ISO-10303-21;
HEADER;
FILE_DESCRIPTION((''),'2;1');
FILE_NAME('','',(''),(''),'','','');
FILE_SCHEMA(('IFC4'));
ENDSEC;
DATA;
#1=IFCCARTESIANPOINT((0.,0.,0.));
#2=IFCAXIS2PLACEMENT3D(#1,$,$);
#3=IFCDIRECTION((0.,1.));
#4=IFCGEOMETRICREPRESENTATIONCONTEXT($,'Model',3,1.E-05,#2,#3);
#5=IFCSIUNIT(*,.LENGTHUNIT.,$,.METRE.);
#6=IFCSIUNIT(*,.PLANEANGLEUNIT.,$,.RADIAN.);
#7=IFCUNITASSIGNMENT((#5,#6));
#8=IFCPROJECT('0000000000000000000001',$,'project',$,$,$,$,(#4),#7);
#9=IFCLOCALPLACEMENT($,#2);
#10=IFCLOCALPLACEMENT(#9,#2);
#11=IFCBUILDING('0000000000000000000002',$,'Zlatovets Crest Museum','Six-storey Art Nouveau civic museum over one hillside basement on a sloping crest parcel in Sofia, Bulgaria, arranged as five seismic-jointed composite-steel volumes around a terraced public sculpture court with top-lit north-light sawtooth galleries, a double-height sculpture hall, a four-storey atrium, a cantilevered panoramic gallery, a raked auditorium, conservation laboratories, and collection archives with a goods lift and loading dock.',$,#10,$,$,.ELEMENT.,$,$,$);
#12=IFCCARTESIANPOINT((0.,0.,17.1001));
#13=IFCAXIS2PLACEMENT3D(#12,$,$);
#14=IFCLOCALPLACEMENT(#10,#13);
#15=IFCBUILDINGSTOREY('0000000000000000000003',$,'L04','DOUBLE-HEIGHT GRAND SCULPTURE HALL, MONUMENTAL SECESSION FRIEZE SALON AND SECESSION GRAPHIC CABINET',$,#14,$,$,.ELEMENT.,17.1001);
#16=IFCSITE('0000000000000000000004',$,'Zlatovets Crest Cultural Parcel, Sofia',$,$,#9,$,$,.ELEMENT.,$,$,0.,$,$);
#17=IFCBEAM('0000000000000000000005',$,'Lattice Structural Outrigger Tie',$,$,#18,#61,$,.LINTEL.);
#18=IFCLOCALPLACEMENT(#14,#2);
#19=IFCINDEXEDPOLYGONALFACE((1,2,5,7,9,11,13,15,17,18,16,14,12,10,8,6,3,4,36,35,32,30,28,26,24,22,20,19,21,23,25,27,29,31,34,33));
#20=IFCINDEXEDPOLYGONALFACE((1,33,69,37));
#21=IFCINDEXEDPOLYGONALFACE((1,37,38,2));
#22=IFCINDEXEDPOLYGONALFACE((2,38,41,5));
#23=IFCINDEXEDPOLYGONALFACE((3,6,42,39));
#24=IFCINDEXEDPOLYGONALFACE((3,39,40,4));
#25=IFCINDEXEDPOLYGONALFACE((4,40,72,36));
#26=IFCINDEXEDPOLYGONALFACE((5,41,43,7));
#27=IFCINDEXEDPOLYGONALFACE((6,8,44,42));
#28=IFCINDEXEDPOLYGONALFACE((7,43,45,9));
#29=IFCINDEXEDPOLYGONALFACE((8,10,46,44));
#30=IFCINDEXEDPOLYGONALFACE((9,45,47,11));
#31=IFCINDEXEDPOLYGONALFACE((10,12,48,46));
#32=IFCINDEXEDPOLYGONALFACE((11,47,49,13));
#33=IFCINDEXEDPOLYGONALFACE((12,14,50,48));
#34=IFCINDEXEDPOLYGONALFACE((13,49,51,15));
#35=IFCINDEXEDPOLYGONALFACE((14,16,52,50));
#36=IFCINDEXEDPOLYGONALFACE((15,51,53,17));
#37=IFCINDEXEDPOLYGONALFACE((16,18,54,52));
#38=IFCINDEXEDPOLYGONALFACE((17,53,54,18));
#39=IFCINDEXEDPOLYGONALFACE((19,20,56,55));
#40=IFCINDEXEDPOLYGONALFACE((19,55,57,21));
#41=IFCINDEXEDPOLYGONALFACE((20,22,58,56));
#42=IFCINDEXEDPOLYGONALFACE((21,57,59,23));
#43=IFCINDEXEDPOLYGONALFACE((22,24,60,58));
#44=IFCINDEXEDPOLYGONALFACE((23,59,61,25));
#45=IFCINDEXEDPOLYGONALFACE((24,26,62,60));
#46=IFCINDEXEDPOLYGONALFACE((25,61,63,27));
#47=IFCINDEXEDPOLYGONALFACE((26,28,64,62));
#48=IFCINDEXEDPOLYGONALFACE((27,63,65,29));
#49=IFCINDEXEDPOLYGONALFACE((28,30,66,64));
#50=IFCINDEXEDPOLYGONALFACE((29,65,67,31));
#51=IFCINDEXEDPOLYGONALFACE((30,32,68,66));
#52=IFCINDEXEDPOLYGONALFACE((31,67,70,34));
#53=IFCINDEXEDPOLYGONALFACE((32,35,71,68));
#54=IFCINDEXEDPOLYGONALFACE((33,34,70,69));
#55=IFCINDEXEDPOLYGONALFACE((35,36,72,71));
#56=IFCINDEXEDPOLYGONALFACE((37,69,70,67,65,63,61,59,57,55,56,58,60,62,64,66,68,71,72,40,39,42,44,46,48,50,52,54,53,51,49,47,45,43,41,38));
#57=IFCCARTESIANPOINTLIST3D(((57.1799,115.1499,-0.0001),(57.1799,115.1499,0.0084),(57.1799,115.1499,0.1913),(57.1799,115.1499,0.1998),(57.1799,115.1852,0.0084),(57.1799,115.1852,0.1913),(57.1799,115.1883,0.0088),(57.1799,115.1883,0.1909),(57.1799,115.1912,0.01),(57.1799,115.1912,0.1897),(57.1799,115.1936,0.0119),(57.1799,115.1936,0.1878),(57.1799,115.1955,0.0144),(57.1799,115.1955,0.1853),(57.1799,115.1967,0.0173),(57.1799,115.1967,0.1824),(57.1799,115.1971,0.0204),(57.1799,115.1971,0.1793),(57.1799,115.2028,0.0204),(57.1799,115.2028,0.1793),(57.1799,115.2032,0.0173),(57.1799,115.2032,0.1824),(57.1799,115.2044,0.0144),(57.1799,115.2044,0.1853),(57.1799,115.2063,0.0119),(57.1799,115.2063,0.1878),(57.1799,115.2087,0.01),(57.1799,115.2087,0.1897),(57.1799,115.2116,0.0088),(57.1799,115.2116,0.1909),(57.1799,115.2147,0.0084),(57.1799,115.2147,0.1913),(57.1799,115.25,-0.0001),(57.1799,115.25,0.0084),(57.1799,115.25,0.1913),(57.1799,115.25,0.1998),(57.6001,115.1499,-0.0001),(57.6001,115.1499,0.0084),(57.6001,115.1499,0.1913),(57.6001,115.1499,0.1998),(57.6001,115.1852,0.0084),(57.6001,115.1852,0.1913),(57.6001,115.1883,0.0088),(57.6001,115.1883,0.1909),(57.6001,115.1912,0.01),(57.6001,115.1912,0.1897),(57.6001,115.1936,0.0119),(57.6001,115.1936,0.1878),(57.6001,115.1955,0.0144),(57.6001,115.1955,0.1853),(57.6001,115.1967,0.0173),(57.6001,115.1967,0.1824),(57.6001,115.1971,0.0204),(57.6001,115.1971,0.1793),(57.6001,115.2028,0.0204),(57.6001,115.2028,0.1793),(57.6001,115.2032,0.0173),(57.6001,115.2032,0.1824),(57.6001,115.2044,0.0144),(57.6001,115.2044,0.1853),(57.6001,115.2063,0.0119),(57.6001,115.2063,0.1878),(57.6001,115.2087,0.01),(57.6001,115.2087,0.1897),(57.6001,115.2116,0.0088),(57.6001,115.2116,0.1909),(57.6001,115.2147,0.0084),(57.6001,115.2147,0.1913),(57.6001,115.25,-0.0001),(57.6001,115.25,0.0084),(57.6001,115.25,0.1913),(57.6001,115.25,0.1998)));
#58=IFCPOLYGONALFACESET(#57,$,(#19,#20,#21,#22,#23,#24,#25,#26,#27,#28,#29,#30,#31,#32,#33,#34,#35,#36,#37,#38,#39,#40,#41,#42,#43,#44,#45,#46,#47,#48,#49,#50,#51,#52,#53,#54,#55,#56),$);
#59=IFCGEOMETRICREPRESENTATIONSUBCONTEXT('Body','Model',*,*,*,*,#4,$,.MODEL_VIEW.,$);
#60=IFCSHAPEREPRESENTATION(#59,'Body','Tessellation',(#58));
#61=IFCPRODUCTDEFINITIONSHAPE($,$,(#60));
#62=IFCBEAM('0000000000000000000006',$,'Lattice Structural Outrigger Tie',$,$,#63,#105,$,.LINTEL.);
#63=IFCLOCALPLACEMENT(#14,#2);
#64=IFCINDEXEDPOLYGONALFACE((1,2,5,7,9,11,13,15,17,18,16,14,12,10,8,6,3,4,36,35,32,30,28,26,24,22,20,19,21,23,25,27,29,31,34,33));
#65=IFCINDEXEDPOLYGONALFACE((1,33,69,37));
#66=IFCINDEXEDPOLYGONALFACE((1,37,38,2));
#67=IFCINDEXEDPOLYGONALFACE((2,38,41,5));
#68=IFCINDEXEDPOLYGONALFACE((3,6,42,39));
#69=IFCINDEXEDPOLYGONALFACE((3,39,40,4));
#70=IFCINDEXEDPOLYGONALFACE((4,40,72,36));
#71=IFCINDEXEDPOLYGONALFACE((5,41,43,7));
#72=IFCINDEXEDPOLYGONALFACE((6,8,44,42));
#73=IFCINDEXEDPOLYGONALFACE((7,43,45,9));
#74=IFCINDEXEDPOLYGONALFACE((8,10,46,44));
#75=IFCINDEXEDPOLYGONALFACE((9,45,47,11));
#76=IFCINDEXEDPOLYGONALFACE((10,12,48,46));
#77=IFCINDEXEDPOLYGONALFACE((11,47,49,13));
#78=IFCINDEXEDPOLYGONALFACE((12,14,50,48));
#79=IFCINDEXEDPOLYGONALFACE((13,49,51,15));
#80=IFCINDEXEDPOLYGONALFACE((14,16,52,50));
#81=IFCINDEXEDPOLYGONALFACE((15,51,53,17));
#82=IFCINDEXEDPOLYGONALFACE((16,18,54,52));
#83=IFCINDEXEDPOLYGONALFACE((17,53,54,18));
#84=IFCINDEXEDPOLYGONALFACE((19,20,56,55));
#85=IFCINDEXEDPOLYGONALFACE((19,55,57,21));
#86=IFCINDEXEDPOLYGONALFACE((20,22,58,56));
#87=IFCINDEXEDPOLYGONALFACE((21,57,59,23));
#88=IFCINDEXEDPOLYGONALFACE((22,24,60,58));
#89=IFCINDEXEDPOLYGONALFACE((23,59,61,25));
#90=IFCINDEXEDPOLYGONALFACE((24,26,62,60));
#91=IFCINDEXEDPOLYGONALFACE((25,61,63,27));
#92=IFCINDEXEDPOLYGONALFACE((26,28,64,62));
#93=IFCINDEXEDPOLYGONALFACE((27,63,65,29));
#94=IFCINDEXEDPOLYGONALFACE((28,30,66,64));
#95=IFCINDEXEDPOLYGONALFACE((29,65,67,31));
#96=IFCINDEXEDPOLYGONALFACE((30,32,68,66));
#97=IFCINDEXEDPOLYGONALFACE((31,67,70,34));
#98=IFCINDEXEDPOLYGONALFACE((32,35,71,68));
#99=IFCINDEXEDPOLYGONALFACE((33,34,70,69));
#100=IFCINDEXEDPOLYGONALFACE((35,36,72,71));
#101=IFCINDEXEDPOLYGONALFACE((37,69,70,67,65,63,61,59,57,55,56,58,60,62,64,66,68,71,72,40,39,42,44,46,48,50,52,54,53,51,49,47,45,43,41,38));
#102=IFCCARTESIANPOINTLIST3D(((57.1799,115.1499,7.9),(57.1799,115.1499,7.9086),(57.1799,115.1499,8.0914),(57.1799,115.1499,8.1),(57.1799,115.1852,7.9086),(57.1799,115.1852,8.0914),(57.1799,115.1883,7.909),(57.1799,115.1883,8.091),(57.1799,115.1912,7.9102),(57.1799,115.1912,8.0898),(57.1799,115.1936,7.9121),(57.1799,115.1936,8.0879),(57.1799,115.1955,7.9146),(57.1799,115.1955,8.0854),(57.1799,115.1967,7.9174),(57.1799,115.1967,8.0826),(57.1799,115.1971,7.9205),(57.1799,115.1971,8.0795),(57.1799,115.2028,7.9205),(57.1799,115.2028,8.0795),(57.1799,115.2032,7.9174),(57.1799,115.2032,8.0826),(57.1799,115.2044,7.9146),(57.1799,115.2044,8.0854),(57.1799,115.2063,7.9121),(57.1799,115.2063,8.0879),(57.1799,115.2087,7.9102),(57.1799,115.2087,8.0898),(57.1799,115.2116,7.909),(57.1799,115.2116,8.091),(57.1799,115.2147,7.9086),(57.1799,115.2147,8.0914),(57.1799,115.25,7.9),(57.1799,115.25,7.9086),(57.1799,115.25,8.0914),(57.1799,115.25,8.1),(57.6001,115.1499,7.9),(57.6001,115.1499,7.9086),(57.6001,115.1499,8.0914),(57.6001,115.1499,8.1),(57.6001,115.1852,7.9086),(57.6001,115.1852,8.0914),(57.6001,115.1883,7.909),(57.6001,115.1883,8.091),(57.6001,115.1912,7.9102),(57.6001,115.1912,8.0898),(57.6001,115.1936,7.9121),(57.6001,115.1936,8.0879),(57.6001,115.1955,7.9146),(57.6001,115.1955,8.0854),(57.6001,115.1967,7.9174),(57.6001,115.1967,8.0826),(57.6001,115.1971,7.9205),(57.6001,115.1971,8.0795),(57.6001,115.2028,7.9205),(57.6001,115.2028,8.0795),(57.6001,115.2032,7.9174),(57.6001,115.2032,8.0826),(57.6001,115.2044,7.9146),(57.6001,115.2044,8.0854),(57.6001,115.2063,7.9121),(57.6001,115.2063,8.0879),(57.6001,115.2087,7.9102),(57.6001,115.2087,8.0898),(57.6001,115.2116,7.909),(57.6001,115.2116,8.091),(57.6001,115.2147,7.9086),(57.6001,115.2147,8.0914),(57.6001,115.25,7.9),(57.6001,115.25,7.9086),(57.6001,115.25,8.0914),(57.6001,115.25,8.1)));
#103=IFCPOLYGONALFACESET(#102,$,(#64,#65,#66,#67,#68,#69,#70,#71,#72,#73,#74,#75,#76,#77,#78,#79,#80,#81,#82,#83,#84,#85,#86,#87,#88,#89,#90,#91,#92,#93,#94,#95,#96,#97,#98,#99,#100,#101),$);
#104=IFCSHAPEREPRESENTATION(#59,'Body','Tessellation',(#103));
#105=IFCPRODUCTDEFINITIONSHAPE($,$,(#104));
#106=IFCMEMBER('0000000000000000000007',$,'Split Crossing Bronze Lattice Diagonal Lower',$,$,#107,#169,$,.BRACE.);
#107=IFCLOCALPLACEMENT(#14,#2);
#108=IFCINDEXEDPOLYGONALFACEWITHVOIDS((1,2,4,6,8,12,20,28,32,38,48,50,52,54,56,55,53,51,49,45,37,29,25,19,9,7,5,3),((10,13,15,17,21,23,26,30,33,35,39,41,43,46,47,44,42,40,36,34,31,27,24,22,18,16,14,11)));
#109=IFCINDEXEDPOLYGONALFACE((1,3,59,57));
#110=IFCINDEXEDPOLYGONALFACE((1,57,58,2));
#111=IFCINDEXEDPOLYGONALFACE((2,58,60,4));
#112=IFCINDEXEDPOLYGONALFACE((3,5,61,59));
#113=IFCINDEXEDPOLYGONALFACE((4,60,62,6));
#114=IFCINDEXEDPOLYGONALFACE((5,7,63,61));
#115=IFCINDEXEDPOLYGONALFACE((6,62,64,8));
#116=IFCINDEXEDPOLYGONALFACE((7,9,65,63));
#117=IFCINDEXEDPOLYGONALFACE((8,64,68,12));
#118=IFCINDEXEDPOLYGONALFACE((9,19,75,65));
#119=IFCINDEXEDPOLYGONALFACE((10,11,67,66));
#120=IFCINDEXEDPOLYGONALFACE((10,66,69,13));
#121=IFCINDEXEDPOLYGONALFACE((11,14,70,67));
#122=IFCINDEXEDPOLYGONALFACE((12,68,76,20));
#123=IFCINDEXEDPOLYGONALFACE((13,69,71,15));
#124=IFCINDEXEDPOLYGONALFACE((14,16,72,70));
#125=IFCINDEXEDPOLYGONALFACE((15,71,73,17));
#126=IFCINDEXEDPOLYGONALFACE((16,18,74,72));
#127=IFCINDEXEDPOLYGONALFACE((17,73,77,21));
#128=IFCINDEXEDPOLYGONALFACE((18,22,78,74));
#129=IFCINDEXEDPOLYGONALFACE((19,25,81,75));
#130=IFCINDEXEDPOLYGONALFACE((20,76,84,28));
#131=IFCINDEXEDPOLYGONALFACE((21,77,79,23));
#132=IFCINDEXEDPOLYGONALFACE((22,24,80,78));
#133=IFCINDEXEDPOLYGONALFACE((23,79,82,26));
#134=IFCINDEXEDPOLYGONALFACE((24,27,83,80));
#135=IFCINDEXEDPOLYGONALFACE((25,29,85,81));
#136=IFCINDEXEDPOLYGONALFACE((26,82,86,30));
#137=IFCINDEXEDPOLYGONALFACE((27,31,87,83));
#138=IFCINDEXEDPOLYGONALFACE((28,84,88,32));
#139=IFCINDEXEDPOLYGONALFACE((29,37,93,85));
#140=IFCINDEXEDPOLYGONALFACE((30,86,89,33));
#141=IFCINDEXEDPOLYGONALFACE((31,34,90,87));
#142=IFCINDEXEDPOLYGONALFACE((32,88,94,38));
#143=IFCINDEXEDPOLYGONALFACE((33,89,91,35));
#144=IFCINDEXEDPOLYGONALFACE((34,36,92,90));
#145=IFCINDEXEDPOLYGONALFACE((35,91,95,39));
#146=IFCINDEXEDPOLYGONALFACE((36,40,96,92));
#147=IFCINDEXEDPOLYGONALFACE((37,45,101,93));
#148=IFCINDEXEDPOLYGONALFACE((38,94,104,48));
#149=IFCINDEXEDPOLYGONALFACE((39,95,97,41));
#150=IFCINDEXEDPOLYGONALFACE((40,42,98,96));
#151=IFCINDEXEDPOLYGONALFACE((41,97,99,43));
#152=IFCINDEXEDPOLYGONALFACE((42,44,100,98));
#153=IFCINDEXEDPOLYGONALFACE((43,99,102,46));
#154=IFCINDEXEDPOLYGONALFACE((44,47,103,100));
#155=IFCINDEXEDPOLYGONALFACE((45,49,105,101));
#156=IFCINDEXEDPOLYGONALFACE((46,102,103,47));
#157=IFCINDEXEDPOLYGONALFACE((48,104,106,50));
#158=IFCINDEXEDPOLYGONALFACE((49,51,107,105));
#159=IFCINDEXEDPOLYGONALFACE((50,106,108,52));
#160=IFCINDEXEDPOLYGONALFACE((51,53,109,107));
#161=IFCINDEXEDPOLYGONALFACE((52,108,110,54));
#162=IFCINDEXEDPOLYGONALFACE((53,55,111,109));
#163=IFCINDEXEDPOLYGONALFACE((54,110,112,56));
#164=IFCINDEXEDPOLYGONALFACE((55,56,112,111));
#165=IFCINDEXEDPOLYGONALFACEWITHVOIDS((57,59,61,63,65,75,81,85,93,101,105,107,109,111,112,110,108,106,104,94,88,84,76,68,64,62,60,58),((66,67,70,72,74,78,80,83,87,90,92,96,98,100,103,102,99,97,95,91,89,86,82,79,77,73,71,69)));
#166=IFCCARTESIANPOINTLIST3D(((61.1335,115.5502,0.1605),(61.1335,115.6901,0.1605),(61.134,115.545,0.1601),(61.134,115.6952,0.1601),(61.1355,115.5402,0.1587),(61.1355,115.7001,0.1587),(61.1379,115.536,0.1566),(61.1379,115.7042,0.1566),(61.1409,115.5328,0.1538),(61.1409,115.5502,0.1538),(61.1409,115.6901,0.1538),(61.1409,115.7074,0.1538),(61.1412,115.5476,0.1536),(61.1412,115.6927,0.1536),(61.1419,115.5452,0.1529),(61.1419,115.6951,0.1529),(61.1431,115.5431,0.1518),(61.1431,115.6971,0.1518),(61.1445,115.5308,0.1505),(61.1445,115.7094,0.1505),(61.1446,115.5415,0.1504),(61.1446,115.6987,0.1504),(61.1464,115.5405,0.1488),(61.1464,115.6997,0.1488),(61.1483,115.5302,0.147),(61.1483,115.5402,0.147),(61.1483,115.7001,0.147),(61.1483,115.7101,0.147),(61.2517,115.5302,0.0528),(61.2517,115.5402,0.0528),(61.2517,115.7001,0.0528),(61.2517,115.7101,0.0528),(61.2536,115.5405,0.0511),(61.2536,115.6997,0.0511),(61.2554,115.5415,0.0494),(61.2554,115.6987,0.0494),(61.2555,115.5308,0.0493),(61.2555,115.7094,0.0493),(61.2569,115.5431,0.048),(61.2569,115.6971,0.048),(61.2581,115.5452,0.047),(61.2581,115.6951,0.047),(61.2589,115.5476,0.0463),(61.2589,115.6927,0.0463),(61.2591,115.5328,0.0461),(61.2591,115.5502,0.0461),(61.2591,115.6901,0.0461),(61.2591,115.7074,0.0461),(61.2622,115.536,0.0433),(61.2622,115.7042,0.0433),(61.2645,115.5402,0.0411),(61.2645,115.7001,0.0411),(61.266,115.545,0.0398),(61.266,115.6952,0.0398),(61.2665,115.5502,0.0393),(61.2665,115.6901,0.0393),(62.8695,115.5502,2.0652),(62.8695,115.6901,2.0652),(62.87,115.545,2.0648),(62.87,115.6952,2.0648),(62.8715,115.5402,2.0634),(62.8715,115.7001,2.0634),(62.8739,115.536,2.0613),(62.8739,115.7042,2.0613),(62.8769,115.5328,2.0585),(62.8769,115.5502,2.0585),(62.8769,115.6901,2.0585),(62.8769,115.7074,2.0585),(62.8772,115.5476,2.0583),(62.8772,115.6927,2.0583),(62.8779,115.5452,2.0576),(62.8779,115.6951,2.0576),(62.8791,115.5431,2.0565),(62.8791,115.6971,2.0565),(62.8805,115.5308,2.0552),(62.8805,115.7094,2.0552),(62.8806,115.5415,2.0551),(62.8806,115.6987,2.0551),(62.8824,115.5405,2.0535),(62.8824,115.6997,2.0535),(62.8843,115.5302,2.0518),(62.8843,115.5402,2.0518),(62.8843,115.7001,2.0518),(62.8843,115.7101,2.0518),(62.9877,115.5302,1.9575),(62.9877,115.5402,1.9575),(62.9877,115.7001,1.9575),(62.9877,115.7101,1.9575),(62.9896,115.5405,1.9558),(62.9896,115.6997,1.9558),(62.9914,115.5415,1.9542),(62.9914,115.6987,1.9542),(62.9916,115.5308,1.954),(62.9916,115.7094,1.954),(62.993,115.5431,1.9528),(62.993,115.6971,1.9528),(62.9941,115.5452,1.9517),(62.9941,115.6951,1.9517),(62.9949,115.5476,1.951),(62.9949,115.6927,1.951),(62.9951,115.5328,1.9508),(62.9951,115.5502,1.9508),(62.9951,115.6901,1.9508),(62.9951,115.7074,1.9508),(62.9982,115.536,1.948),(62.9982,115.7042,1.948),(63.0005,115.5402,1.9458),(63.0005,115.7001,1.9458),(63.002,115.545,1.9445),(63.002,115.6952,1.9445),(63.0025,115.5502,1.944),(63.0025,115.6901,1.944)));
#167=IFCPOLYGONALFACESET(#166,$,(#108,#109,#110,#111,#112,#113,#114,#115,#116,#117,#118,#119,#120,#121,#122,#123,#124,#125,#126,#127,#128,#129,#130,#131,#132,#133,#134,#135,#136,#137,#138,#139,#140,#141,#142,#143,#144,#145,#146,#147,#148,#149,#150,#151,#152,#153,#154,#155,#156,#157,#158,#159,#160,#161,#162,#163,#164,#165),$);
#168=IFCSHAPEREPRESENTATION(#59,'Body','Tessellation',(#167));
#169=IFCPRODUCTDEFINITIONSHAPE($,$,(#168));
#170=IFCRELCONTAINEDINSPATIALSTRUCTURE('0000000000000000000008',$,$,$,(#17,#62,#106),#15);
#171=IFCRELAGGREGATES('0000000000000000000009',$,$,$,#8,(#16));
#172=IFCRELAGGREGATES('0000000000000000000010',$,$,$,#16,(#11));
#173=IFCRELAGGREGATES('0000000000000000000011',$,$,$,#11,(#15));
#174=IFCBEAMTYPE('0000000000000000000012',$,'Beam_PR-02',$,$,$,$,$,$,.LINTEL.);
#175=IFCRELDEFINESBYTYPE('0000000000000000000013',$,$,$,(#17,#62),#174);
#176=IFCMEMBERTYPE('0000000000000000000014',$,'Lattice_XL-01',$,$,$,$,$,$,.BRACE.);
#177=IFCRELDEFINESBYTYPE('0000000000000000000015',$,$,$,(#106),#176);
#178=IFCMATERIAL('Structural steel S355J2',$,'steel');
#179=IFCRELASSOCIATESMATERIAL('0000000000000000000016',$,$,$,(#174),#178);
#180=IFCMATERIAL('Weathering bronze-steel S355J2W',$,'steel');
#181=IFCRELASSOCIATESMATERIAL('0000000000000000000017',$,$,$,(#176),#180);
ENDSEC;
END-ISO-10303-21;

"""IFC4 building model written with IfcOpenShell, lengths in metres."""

from ifc_helpers import new_model, si_unit, direction, frame, origin, origin_2d, place, context, subcontext, project, spatial, hollow_rectangle, i_section, extrude, material, material_profile, profile_set, type_object, element, save


model = new_model("IFC4")

# Units and contexts
model_context = context("Model", 3, precision=1e-05, world=origin(), true_north=direction((0.0, 1.0)))
body_context = subcontext(model_context, "Body", "Model", "MODEL_VIEW")
ifc_project = project(units=[si_unit("LENGTHUNIT", "METRE"), si_unit("PLANEANGLEUNIT", "RADIAN")], contexts=[model_context])

# Site, building, storey
site_placement = place(None, origin())
site = spatial("IfcSite", under=ifc_project, at=site_placement, Name="Zlatovets Crest Cultural Parcel, Sofia", CompositionType="ELEMENT", RefElevation=0.0)
building_placement = place(site_placement, origin())
building = spatial("IfcBuilding", under=site, at=building_placement, Name="Zlatovets Crest Museum", Description="Six-storey Art Nouveau civic museum over one hillside basement on a sloping crest parcel in Sofia, Bulgaria, arranged as five seismic-jointed composite-steel volumes around a terraced public sculpture court with top-lit north-light sawtooth galleries, a double-height sculpture hall, a four-storey atrium, a cantilevered panoramic gallery, a raked auditorium, conservation laboratories, and collection archives with a goods lift and loading dock.", CompositionType="ELEMENT")
storey_placement = place(building_placement, frame((0.0, 0.0, 17.1001)))
storey = spatial("IfcBuildingStorey", under=building, at=storey_placement, Name="L04", Description="DOUBLE-HEIGHT GRAND SCULPTURE HALL, MONUMENTAL SECESSION FRIEZE SALON AND SECESSION GRAPHIC CABINET", CompositionType="ELEMENT", Elevation=17.1001)

# Shared definitions
ifc_material_1 = material(Name="Structural steel S355J2", Category="steel")

# Beams
ifc_material_profile_1 = material_profile(ifc_material_1, i_section(OverallWidth=0.1001, OverallDepth=0.2, WebThickness=0.0056, FlangeThickness=0.0085, FilletRadius=0.012, at=origin_2d()), Name="IPE 200")
ifc_profile_set_1 = profile_set([ifc_material_profile_1], Name="Structural steel S355J2")
beam_type_1 = type_object("IfcBeamType", Name="Beam_PR-02", PredefinedType="LINTEL", material=ifc_profile_set_1)
for number, where, z_axis, x_axis, name in (
    (1, (57.6001, 115.2, 0.0999), (-1.0, 0.0, 0.0), (0.0, -1.0, 0.0), "Lattice Structural Outrigger Tie"),
    (2, (57.6001, 115.2, 8.0), (-1.0, 0.0, 0.0), (0.0, -1.0, 0.0), "Lattice Structural Outrigger Tie"),
):
    element("IfcBeam", number, at=place(storey_placement, frame(where, z_axis=z_axis, x_axis=x_axis)), inside=storey, type_object=beam_type_1, Name=name, PredefinedType="LINTEL", context=body_context, shape_type="SweptSolid", body=[
        extrude(i_section(OverallWidth=0.1001, OverallDepth=0.2, WebThickness=0.0056, FlangeThickness=0.0085, FilletRadius=0.012, at=origin_2d()), origin(), (0.0, 0.0, 1.0), 0.4202),
    ])

# Member
ifc_material_2 = material(Name="Weathering bronze-steel S355J2W", Category="steel")
ifc_material_profile_2 = material_profile(ifc_material_2, hollow_rectangle(XDim=0.1799, YDim=0.1799, WallThickness=0.01, InnerFilletRadius=0.01, OuterFilletRadius=0.02, at=origin_2d()), Name="SHS 180x180x10.0")
ifc_profile_set_2 = profile_set([ifc_material_profile_2], Name="Weathering bronze-steel S355J2W")
member_type_1 = type_object("IfcMemberType", Name="Lattice_XL-01", PredefinedType="BRACE", material=ifc_profile_set_2)
member_1_placement = place(storey_placement, frame((62.936, 115.6201, 2.0046), z_axis=(-0.67362, 0.0, -0.739078), x_axis=(0.0, -1.0, 0.0)))
element("IfcMember", 3, at=member_1_placement, inside=storey, type_object=member_type_1, Name="Split Crossing Bronze Lattice Diagonal Lower", PredefinedType="BRACE", context=body_context, shape_type="SweptSolid", body=[
    extrude(hollow_rectangle(XDim=0.1799, YDim=0.1799, WallThickness=0.01, InnerFilletRadius=0.01, OuterFilletRadius=0.02, at=origin_2d()), origin(), (0.0, 0.0, 1.0), 2.5771),
])

save(model, "model.ifc")
